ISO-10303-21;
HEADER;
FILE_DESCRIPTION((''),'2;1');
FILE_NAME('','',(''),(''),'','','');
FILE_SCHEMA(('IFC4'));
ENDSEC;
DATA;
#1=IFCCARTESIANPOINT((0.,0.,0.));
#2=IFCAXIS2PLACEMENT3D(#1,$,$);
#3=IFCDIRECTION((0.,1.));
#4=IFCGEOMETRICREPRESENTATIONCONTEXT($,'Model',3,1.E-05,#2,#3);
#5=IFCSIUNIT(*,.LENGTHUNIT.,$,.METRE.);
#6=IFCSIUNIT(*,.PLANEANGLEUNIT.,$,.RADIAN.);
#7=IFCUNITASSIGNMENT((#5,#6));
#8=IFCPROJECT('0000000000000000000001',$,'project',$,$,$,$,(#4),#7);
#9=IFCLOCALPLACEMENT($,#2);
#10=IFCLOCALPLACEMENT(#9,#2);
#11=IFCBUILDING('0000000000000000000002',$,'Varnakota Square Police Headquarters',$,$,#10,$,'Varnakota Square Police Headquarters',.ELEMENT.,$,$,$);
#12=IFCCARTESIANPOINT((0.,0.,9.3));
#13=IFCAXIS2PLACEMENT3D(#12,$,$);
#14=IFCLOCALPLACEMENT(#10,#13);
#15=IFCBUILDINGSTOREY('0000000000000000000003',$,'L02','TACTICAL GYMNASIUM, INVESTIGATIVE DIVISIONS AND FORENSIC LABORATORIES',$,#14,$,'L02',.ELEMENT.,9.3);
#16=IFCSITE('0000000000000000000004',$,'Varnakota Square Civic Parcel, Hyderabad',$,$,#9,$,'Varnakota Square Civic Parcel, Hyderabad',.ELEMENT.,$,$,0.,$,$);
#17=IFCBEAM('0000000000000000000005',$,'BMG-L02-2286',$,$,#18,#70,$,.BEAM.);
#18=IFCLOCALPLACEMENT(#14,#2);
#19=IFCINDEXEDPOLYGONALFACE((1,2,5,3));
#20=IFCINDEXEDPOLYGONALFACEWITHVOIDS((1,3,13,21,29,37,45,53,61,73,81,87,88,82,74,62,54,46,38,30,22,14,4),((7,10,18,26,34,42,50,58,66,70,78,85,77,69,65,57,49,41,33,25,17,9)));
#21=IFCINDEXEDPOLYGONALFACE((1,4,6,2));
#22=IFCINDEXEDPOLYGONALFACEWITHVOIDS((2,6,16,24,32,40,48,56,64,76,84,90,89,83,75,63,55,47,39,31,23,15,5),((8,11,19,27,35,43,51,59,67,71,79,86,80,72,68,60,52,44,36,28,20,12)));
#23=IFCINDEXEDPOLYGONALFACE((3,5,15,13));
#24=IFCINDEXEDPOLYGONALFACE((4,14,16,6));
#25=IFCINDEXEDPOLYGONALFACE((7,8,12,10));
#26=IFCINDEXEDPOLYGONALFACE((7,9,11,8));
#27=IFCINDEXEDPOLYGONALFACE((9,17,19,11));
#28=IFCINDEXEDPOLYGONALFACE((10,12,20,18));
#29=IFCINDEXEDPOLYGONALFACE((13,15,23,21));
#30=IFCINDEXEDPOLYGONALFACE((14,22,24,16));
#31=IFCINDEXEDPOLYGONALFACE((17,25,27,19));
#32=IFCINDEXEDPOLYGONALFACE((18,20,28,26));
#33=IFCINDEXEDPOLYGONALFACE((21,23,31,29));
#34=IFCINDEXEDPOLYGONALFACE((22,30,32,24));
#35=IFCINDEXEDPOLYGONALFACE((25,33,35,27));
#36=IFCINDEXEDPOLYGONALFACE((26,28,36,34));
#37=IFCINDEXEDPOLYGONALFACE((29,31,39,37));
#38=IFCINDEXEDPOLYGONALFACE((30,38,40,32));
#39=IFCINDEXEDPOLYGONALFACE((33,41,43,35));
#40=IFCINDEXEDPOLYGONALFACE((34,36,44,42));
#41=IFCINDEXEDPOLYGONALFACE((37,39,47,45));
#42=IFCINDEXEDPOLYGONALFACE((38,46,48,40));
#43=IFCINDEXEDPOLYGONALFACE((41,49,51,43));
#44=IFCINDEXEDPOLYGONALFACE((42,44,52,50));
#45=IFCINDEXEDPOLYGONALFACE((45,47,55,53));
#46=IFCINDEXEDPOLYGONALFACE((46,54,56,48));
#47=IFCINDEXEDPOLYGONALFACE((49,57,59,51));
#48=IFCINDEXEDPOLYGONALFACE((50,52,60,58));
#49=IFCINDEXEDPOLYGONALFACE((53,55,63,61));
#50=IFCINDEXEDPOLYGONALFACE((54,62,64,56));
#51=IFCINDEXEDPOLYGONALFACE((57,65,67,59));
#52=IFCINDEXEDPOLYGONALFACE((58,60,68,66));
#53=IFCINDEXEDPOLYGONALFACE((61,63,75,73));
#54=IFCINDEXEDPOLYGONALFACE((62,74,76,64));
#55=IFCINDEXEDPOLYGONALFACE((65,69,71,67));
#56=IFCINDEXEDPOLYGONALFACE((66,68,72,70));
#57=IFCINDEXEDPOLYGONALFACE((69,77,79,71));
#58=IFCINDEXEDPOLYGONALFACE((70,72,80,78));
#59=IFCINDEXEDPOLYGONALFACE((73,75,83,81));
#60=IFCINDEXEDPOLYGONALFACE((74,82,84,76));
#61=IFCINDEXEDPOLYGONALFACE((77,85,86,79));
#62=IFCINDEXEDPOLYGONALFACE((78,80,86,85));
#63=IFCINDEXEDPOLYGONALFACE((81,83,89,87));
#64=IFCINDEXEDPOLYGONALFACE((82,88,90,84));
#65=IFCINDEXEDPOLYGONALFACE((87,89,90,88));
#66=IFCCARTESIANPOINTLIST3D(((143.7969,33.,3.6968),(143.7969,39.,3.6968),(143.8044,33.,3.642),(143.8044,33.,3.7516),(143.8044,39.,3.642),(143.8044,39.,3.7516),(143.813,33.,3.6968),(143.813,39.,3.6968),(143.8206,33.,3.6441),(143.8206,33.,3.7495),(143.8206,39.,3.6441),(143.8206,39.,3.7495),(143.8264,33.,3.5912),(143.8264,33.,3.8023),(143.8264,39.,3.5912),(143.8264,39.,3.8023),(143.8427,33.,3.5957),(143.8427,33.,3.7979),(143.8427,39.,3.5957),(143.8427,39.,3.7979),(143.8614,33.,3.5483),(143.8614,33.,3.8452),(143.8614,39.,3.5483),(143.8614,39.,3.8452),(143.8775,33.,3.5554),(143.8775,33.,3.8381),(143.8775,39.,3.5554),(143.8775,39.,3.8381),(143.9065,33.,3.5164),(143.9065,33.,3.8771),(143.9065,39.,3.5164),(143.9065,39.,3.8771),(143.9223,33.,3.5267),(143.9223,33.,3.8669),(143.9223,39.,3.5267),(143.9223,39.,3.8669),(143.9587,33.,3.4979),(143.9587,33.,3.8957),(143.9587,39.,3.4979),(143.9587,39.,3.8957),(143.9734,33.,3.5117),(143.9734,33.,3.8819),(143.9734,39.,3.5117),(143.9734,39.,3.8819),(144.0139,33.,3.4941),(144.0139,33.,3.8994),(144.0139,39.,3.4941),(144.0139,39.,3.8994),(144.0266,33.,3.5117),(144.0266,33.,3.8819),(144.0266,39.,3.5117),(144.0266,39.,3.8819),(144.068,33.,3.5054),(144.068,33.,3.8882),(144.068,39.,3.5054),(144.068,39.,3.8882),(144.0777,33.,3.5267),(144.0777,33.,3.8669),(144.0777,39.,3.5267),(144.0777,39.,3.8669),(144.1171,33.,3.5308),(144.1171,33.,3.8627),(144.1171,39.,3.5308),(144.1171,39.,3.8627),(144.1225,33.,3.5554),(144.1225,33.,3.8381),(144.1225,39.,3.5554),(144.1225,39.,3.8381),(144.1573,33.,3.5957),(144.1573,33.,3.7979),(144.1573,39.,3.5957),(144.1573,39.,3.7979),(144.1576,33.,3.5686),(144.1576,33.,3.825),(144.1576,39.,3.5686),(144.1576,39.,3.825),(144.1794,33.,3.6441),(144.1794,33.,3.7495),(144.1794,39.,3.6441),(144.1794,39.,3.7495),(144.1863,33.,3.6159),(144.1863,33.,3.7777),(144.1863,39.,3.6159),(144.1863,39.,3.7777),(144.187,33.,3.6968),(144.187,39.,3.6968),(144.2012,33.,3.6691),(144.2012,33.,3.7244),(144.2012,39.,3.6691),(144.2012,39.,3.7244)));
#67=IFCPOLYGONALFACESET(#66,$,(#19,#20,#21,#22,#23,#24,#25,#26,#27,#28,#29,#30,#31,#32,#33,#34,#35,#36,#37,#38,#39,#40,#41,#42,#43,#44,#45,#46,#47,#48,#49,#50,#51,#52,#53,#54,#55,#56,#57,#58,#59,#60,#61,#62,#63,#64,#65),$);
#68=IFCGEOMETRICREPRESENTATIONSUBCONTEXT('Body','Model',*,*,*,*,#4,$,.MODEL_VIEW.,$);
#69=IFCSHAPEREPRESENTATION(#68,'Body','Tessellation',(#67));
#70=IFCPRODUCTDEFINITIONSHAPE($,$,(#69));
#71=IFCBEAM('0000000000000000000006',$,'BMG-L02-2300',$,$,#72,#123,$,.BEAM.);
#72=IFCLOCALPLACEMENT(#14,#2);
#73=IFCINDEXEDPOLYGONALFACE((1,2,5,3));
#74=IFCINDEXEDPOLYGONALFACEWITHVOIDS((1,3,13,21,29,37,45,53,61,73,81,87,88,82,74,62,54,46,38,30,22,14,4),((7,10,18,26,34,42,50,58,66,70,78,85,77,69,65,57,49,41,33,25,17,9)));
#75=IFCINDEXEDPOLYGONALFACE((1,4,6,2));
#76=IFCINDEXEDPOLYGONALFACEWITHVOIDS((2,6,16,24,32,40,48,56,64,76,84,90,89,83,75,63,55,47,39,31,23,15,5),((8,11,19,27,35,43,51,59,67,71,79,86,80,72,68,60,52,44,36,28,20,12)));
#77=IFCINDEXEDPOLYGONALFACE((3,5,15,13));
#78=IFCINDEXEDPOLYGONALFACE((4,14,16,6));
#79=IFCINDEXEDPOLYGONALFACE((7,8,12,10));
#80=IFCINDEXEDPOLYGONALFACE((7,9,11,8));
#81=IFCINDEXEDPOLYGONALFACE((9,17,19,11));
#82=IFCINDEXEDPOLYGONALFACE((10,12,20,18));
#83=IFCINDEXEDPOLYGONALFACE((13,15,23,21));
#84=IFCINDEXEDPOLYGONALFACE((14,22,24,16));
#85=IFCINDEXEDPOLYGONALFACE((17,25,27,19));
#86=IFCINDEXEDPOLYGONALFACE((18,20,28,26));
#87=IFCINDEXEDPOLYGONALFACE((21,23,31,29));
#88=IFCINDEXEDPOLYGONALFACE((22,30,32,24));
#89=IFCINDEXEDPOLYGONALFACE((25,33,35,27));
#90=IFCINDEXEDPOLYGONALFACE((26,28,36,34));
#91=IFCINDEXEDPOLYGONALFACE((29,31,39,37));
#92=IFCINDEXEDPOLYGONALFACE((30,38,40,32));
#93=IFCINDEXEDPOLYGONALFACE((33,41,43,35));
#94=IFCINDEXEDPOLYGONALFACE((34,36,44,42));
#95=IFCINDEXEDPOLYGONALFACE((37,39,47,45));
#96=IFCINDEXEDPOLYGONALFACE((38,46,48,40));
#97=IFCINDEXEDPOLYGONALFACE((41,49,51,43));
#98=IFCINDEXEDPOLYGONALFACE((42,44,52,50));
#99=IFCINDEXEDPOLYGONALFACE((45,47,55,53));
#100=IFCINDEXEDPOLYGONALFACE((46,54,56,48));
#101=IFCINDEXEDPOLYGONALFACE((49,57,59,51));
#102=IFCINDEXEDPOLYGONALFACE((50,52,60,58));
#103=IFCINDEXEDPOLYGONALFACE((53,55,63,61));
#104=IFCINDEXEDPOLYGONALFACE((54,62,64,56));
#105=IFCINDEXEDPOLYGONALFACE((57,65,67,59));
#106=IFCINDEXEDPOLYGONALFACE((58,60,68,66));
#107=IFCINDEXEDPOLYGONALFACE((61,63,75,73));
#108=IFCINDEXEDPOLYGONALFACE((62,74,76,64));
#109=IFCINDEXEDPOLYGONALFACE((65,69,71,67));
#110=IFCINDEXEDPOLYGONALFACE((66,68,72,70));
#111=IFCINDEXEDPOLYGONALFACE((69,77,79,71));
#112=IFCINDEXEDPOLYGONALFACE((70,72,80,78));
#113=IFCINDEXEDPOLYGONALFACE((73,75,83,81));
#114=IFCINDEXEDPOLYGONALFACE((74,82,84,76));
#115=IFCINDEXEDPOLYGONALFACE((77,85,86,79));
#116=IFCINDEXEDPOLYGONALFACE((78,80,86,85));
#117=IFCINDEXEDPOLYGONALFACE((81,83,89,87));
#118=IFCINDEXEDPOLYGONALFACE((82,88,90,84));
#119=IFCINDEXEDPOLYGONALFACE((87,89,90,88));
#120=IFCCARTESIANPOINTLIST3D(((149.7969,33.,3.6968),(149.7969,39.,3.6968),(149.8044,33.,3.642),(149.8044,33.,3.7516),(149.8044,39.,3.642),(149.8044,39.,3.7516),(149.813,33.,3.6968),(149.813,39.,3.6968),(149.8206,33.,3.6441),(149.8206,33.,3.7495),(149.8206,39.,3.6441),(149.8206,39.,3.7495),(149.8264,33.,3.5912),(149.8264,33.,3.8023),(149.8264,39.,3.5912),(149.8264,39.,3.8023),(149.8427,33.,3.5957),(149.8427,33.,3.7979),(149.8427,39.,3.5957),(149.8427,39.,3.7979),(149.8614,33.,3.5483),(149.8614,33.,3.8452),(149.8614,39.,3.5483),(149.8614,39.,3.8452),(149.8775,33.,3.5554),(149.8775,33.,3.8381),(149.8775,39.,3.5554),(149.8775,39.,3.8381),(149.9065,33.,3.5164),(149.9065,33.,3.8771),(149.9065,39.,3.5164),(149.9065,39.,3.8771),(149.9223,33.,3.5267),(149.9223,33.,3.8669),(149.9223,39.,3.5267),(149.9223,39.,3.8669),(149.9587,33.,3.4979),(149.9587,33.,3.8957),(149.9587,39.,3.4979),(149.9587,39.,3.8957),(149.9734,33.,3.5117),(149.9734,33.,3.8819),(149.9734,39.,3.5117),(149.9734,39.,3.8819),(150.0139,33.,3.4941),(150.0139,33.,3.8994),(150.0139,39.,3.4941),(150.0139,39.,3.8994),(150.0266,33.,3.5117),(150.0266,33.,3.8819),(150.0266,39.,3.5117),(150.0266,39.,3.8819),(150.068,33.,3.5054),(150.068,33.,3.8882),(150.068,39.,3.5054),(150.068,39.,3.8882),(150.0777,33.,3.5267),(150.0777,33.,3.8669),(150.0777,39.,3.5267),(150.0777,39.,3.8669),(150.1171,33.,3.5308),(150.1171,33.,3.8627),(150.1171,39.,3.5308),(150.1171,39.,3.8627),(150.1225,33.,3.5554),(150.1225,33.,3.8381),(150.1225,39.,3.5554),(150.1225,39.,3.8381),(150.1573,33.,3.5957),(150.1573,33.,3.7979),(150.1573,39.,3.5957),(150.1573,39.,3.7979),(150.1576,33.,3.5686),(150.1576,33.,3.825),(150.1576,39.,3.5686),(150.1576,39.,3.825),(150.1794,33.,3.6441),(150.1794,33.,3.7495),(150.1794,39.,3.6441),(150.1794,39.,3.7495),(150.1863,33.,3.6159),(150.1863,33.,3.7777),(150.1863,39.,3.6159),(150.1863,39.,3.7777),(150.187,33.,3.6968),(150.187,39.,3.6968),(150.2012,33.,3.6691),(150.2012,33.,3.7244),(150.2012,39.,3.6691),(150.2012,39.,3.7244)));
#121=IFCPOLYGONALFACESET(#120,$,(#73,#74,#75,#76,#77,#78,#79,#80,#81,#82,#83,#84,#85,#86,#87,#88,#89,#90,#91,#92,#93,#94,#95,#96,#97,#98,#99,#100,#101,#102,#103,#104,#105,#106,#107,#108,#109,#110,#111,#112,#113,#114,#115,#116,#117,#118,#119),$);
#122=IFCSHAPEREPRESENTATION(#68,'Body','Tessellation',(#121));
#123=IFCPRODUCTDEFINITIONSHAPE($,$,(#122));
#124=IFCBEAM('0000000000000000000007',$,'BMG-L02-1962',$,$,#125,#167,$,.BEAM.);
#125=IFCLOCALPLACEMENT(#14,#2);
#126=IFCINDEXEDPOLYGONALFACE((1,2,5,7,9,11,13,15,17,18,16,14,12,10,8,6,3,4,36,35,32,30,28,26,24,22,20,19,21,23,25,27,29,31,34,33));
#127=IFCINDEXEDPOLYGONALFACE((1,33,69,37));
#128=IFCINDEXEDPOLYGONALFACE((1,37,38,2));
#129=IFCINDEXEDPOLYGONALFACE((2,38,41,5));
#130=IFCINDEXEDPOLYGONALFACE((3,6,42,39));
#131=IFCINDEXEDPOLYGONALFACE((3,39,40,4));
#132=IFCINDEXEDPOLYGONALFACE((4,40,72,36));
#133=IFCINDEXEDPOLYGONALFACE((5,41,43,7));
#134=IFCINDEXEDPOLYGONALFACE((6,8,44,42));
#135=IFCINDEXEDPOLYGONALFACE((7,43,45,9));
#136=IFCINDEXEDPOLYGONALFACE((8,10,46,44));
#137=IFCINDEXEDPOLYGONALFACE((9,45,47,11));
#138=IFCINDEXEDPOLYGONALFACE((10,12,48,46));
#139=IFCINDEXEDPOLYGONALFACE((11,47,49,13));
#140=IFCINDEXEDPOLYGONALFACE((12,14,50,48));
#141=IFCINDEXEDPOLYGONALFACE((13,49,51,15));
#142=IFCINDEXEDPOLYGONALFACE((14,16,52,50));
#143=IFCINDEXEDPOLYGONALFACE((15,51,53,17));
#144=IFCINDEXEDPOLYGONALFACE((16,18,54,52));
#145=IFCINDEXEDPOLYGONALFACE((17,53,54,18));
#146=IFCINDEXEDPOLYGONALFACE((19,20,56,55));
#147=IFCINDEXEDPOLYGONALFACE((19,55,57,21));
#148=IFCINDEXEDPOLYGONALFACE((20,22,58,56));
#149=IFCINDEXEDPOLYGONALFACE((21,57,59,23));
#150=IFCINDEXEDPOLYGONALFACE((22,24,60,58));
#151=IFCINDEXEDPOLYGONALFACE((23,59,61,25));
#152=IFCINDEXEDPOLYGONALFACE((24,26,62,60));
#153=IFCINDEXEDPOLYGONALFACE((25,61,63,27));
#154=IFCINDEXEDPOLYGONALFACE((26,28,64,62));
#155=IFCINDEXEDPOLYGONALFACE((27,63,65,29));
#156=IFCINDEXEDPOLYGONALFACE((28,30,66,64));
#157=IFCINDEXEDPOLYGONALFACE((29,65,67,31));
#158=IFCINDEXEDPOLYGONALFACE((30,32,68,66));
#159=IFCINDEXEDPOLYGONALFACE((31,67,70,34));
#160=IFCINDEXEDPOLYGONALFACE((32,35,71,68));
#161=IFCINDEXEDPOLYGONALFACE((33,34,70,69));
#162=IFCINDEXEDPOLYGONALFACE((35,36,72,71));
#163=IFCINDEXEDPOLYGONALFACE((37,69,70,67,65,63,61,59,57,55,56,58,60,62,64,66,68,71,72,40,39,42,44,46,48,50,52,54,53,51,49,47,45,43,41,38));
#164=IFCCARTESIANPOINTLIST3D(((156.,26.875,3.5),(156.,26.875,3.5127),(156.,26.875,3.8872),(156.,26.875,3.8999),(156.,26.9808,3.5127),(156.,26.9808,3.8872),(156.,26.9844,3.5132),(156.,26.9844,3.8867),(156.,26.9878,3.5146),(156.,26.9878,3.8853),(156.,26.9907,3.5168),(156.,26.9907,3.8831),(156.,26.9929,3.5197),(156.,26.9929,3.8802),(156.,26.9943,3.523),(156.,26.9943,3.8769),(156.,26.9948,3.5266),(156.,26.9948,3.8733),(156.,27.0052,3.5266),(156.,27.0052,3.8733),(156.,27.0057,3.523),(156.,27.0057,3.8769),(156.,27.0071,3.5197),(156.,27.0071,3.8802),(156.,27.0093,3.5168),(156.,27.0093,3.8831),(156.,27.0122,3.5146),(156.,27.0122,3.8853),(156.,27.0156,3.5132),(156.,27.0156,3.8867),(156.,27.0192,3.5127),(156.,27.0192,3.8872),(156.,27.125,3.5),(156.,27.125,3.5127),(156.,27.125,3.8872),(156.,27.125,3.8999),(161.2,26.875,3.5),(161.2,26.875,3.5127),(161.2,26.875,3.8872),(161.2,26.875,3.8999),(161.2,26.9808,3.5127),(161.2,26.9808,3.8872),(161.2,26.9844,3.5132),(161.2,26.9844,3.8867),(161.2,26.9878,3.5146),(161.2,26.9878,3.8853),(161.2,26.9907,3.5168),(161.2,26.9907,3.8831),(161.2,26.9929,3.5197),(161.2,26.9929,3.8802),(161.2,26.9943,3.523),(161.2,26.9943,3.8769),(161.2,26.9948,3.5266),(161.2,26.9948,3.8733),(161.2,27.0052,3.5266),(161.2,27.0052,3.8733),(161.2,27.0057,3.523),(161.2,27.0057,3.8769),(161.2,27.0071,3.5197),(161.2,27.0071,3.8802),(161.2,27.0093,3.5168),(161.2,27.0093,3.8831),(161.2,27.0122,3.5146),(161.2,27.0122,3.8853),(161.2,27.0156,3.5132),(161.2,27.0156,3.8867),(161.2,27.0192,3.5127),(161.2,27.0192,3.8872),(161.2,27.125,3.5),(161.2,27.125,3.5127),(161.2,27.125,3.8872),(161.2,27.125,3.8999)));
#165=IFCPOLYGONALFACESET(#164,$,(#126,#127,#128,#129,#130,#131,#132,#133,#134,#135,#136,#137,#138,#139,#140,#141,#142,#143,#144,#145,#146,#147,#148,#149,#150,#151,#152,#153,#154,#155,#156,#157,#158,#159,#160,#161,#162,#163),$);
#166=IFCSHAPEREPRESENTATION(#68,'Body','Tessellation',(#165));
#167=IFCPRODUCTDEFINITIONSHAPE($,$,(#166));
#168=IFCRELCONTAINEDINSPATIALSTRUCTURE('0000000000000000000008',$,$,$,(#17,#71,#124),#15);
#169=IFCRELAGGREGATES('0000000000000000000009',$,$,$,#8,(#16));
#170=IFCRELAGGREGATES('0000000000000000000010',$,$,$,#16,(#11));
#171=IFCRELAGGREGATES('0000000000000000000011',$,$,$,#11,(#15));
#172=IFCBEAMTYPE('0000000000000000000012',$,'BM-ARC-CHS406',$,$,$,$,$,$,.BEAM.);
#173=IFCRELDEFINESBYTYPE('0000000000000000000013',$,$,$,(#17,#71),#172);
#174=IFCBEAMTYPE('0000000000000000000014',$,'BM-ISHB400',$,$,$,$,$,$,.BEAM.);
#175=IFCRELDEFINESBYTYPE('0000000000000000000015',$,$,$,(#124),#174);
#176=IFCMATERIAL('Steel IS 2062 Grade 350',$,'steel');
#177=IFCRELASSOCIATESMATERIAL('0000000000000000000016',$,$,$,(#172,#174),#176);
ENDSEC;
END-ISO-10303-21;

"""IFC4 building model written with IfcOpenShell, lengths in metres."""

from ifc_helpers import new_model, si_unit, direction, frame, origin, origin_2d, place, context, subcontext, project, spatial, hollow_circle, i_section, extrude, material, material_profile, profile_set, type_object, element, save


model = new_model("IFC4")

# Units and contexts
model_context = context("Model", 3, precision=1e-05, world=origin(), true_north=direction((0.0, 1.0)))
body_context = subcontext(model_context, "Body", "Model", "MODEL_VIEW")
ifc_project = project(units=[si_unit("LENGTHUNIT", "METRE"), si_unit("PLANEANGLEUNIT", "RADIAN")], contexts=[model_context])

# Site, building, storey
site_placement = place(None, origin())
site = spatial("IfcSite", under=ifc_project, at=site_placement, Name="Varnakota Square Civic Parcel, Hyderabad", LongName="Varnakota Square Civic Parcel, Hyderabad", CompositionType="ELEMENT", RefElevation=0.0)
building_placement = place(site_placement, origin())
building = spatial("IfcBuilding", under=site, at=building_placement, Name="Varnakota Square Police Headquarters", LongName="Varnakota Square Police Headquarters", CompositionType="ELEMENT")
storey_placement = place(building_placement, frame((0.0, 0.0, 9.3)))
storey = spatial("IfcBuildingStorey", under=building, at=storey_placement, Name="L02", Description="TACTICAL GYMNASIUM, INVESTIGATIVE DIVISIONS AND FORENSIC LABORATORIES", LongName="L02", CompositionType="ELEMENT", Elevation=9.3)

# Shared definitions
ifc_material_1 = material(Name="Steel IS 2062 Grade 350", Category="steel")

# Beams
ifc_material_profile_1 = material_profile(ifc_material_1, hollow_circle(Radius=0.2031, WallThickness=0.0161, at=origin_2d()), Name="CHS 406.4x16.0")
ifc_profile_set_1 = profile_set([ifc_material_profile_1], Name="Steel IS 2062 Grade 350")
beam_type_1 = type_object("IfcBeamType", Name="BM-ARC-CHS406", PredefinedType="BEAM", material=ifc_profile_set_1)
for number, where, z_axis, x_axis, name in (
    (1, (144.0, 33.0, 3.6968), (0.0, 1.0, 0.0), (-1.0, 0.0, 0.0), "BMG-L02-2286"),
    (2, (150.0, 33.0, 3.6968), (0.0, 1.0, 0.0), (-1.0, 0.0, 0.0), "BMG-L02-2300"),
):
    element("IfcBeam", number, at=place(storey_placement, frame(where, z_axis=z_axis, x_axis=x_axis)), inside=storey, type_object=beam_type_1, Name=name, PredefinedType="BEAM", context=body_context, shape_type="SweptSolid", body=[
        extrude(hollow_circle(Radius=0.2031, WallThickness=0.0161, at=origin_2d()), origin(), (0.0, 0.0, 1.0), 6.0),
    ])
ifc_material_profile_2 = material_profile(ifc_material_1, i_section(OverallWidth=0.25, OverallDepth=0.3999, WebThickness=0.0105, FlangeThickness=0.0127, FilletRadius=0.0139, at=origin_2d()), Name="ISHB 400")
ifc_profile_set_2 = profile_set([ifc_material_profile_2], Name="Steel IS 2062 Grade 350")
beam_type_2 = type_object("IfcBeamType", Name="BM-ISHB400", PredefinedType="BEAM", material=ifc_profile_set_2)
beam_1_placement = place(storey_placement, frame((156.0, 27.0, 3.7), z_axis=(1.0, 0.0, 0.0), x_axis=(0.0, 1.0, 0.0)))
element("IfcBeam", 3, at=beam_1_placement, inside=storey, type_object=beam_type_2, Name="BMG-L02-1962", PredefinedType="BEAM", context=body_context, shape_type="SweptSolid", body=[
    extrude(i_section(OverallWidth=0.25, OverallDepth=0.3999, WebThickness=0.0105, FlangeThickness=0.0127, FilletRadius=0.0139, at=origin_2d()), origin(), (0.0, 0.0, 1.0), 5.2),
])

save(model, "model.ifc")
